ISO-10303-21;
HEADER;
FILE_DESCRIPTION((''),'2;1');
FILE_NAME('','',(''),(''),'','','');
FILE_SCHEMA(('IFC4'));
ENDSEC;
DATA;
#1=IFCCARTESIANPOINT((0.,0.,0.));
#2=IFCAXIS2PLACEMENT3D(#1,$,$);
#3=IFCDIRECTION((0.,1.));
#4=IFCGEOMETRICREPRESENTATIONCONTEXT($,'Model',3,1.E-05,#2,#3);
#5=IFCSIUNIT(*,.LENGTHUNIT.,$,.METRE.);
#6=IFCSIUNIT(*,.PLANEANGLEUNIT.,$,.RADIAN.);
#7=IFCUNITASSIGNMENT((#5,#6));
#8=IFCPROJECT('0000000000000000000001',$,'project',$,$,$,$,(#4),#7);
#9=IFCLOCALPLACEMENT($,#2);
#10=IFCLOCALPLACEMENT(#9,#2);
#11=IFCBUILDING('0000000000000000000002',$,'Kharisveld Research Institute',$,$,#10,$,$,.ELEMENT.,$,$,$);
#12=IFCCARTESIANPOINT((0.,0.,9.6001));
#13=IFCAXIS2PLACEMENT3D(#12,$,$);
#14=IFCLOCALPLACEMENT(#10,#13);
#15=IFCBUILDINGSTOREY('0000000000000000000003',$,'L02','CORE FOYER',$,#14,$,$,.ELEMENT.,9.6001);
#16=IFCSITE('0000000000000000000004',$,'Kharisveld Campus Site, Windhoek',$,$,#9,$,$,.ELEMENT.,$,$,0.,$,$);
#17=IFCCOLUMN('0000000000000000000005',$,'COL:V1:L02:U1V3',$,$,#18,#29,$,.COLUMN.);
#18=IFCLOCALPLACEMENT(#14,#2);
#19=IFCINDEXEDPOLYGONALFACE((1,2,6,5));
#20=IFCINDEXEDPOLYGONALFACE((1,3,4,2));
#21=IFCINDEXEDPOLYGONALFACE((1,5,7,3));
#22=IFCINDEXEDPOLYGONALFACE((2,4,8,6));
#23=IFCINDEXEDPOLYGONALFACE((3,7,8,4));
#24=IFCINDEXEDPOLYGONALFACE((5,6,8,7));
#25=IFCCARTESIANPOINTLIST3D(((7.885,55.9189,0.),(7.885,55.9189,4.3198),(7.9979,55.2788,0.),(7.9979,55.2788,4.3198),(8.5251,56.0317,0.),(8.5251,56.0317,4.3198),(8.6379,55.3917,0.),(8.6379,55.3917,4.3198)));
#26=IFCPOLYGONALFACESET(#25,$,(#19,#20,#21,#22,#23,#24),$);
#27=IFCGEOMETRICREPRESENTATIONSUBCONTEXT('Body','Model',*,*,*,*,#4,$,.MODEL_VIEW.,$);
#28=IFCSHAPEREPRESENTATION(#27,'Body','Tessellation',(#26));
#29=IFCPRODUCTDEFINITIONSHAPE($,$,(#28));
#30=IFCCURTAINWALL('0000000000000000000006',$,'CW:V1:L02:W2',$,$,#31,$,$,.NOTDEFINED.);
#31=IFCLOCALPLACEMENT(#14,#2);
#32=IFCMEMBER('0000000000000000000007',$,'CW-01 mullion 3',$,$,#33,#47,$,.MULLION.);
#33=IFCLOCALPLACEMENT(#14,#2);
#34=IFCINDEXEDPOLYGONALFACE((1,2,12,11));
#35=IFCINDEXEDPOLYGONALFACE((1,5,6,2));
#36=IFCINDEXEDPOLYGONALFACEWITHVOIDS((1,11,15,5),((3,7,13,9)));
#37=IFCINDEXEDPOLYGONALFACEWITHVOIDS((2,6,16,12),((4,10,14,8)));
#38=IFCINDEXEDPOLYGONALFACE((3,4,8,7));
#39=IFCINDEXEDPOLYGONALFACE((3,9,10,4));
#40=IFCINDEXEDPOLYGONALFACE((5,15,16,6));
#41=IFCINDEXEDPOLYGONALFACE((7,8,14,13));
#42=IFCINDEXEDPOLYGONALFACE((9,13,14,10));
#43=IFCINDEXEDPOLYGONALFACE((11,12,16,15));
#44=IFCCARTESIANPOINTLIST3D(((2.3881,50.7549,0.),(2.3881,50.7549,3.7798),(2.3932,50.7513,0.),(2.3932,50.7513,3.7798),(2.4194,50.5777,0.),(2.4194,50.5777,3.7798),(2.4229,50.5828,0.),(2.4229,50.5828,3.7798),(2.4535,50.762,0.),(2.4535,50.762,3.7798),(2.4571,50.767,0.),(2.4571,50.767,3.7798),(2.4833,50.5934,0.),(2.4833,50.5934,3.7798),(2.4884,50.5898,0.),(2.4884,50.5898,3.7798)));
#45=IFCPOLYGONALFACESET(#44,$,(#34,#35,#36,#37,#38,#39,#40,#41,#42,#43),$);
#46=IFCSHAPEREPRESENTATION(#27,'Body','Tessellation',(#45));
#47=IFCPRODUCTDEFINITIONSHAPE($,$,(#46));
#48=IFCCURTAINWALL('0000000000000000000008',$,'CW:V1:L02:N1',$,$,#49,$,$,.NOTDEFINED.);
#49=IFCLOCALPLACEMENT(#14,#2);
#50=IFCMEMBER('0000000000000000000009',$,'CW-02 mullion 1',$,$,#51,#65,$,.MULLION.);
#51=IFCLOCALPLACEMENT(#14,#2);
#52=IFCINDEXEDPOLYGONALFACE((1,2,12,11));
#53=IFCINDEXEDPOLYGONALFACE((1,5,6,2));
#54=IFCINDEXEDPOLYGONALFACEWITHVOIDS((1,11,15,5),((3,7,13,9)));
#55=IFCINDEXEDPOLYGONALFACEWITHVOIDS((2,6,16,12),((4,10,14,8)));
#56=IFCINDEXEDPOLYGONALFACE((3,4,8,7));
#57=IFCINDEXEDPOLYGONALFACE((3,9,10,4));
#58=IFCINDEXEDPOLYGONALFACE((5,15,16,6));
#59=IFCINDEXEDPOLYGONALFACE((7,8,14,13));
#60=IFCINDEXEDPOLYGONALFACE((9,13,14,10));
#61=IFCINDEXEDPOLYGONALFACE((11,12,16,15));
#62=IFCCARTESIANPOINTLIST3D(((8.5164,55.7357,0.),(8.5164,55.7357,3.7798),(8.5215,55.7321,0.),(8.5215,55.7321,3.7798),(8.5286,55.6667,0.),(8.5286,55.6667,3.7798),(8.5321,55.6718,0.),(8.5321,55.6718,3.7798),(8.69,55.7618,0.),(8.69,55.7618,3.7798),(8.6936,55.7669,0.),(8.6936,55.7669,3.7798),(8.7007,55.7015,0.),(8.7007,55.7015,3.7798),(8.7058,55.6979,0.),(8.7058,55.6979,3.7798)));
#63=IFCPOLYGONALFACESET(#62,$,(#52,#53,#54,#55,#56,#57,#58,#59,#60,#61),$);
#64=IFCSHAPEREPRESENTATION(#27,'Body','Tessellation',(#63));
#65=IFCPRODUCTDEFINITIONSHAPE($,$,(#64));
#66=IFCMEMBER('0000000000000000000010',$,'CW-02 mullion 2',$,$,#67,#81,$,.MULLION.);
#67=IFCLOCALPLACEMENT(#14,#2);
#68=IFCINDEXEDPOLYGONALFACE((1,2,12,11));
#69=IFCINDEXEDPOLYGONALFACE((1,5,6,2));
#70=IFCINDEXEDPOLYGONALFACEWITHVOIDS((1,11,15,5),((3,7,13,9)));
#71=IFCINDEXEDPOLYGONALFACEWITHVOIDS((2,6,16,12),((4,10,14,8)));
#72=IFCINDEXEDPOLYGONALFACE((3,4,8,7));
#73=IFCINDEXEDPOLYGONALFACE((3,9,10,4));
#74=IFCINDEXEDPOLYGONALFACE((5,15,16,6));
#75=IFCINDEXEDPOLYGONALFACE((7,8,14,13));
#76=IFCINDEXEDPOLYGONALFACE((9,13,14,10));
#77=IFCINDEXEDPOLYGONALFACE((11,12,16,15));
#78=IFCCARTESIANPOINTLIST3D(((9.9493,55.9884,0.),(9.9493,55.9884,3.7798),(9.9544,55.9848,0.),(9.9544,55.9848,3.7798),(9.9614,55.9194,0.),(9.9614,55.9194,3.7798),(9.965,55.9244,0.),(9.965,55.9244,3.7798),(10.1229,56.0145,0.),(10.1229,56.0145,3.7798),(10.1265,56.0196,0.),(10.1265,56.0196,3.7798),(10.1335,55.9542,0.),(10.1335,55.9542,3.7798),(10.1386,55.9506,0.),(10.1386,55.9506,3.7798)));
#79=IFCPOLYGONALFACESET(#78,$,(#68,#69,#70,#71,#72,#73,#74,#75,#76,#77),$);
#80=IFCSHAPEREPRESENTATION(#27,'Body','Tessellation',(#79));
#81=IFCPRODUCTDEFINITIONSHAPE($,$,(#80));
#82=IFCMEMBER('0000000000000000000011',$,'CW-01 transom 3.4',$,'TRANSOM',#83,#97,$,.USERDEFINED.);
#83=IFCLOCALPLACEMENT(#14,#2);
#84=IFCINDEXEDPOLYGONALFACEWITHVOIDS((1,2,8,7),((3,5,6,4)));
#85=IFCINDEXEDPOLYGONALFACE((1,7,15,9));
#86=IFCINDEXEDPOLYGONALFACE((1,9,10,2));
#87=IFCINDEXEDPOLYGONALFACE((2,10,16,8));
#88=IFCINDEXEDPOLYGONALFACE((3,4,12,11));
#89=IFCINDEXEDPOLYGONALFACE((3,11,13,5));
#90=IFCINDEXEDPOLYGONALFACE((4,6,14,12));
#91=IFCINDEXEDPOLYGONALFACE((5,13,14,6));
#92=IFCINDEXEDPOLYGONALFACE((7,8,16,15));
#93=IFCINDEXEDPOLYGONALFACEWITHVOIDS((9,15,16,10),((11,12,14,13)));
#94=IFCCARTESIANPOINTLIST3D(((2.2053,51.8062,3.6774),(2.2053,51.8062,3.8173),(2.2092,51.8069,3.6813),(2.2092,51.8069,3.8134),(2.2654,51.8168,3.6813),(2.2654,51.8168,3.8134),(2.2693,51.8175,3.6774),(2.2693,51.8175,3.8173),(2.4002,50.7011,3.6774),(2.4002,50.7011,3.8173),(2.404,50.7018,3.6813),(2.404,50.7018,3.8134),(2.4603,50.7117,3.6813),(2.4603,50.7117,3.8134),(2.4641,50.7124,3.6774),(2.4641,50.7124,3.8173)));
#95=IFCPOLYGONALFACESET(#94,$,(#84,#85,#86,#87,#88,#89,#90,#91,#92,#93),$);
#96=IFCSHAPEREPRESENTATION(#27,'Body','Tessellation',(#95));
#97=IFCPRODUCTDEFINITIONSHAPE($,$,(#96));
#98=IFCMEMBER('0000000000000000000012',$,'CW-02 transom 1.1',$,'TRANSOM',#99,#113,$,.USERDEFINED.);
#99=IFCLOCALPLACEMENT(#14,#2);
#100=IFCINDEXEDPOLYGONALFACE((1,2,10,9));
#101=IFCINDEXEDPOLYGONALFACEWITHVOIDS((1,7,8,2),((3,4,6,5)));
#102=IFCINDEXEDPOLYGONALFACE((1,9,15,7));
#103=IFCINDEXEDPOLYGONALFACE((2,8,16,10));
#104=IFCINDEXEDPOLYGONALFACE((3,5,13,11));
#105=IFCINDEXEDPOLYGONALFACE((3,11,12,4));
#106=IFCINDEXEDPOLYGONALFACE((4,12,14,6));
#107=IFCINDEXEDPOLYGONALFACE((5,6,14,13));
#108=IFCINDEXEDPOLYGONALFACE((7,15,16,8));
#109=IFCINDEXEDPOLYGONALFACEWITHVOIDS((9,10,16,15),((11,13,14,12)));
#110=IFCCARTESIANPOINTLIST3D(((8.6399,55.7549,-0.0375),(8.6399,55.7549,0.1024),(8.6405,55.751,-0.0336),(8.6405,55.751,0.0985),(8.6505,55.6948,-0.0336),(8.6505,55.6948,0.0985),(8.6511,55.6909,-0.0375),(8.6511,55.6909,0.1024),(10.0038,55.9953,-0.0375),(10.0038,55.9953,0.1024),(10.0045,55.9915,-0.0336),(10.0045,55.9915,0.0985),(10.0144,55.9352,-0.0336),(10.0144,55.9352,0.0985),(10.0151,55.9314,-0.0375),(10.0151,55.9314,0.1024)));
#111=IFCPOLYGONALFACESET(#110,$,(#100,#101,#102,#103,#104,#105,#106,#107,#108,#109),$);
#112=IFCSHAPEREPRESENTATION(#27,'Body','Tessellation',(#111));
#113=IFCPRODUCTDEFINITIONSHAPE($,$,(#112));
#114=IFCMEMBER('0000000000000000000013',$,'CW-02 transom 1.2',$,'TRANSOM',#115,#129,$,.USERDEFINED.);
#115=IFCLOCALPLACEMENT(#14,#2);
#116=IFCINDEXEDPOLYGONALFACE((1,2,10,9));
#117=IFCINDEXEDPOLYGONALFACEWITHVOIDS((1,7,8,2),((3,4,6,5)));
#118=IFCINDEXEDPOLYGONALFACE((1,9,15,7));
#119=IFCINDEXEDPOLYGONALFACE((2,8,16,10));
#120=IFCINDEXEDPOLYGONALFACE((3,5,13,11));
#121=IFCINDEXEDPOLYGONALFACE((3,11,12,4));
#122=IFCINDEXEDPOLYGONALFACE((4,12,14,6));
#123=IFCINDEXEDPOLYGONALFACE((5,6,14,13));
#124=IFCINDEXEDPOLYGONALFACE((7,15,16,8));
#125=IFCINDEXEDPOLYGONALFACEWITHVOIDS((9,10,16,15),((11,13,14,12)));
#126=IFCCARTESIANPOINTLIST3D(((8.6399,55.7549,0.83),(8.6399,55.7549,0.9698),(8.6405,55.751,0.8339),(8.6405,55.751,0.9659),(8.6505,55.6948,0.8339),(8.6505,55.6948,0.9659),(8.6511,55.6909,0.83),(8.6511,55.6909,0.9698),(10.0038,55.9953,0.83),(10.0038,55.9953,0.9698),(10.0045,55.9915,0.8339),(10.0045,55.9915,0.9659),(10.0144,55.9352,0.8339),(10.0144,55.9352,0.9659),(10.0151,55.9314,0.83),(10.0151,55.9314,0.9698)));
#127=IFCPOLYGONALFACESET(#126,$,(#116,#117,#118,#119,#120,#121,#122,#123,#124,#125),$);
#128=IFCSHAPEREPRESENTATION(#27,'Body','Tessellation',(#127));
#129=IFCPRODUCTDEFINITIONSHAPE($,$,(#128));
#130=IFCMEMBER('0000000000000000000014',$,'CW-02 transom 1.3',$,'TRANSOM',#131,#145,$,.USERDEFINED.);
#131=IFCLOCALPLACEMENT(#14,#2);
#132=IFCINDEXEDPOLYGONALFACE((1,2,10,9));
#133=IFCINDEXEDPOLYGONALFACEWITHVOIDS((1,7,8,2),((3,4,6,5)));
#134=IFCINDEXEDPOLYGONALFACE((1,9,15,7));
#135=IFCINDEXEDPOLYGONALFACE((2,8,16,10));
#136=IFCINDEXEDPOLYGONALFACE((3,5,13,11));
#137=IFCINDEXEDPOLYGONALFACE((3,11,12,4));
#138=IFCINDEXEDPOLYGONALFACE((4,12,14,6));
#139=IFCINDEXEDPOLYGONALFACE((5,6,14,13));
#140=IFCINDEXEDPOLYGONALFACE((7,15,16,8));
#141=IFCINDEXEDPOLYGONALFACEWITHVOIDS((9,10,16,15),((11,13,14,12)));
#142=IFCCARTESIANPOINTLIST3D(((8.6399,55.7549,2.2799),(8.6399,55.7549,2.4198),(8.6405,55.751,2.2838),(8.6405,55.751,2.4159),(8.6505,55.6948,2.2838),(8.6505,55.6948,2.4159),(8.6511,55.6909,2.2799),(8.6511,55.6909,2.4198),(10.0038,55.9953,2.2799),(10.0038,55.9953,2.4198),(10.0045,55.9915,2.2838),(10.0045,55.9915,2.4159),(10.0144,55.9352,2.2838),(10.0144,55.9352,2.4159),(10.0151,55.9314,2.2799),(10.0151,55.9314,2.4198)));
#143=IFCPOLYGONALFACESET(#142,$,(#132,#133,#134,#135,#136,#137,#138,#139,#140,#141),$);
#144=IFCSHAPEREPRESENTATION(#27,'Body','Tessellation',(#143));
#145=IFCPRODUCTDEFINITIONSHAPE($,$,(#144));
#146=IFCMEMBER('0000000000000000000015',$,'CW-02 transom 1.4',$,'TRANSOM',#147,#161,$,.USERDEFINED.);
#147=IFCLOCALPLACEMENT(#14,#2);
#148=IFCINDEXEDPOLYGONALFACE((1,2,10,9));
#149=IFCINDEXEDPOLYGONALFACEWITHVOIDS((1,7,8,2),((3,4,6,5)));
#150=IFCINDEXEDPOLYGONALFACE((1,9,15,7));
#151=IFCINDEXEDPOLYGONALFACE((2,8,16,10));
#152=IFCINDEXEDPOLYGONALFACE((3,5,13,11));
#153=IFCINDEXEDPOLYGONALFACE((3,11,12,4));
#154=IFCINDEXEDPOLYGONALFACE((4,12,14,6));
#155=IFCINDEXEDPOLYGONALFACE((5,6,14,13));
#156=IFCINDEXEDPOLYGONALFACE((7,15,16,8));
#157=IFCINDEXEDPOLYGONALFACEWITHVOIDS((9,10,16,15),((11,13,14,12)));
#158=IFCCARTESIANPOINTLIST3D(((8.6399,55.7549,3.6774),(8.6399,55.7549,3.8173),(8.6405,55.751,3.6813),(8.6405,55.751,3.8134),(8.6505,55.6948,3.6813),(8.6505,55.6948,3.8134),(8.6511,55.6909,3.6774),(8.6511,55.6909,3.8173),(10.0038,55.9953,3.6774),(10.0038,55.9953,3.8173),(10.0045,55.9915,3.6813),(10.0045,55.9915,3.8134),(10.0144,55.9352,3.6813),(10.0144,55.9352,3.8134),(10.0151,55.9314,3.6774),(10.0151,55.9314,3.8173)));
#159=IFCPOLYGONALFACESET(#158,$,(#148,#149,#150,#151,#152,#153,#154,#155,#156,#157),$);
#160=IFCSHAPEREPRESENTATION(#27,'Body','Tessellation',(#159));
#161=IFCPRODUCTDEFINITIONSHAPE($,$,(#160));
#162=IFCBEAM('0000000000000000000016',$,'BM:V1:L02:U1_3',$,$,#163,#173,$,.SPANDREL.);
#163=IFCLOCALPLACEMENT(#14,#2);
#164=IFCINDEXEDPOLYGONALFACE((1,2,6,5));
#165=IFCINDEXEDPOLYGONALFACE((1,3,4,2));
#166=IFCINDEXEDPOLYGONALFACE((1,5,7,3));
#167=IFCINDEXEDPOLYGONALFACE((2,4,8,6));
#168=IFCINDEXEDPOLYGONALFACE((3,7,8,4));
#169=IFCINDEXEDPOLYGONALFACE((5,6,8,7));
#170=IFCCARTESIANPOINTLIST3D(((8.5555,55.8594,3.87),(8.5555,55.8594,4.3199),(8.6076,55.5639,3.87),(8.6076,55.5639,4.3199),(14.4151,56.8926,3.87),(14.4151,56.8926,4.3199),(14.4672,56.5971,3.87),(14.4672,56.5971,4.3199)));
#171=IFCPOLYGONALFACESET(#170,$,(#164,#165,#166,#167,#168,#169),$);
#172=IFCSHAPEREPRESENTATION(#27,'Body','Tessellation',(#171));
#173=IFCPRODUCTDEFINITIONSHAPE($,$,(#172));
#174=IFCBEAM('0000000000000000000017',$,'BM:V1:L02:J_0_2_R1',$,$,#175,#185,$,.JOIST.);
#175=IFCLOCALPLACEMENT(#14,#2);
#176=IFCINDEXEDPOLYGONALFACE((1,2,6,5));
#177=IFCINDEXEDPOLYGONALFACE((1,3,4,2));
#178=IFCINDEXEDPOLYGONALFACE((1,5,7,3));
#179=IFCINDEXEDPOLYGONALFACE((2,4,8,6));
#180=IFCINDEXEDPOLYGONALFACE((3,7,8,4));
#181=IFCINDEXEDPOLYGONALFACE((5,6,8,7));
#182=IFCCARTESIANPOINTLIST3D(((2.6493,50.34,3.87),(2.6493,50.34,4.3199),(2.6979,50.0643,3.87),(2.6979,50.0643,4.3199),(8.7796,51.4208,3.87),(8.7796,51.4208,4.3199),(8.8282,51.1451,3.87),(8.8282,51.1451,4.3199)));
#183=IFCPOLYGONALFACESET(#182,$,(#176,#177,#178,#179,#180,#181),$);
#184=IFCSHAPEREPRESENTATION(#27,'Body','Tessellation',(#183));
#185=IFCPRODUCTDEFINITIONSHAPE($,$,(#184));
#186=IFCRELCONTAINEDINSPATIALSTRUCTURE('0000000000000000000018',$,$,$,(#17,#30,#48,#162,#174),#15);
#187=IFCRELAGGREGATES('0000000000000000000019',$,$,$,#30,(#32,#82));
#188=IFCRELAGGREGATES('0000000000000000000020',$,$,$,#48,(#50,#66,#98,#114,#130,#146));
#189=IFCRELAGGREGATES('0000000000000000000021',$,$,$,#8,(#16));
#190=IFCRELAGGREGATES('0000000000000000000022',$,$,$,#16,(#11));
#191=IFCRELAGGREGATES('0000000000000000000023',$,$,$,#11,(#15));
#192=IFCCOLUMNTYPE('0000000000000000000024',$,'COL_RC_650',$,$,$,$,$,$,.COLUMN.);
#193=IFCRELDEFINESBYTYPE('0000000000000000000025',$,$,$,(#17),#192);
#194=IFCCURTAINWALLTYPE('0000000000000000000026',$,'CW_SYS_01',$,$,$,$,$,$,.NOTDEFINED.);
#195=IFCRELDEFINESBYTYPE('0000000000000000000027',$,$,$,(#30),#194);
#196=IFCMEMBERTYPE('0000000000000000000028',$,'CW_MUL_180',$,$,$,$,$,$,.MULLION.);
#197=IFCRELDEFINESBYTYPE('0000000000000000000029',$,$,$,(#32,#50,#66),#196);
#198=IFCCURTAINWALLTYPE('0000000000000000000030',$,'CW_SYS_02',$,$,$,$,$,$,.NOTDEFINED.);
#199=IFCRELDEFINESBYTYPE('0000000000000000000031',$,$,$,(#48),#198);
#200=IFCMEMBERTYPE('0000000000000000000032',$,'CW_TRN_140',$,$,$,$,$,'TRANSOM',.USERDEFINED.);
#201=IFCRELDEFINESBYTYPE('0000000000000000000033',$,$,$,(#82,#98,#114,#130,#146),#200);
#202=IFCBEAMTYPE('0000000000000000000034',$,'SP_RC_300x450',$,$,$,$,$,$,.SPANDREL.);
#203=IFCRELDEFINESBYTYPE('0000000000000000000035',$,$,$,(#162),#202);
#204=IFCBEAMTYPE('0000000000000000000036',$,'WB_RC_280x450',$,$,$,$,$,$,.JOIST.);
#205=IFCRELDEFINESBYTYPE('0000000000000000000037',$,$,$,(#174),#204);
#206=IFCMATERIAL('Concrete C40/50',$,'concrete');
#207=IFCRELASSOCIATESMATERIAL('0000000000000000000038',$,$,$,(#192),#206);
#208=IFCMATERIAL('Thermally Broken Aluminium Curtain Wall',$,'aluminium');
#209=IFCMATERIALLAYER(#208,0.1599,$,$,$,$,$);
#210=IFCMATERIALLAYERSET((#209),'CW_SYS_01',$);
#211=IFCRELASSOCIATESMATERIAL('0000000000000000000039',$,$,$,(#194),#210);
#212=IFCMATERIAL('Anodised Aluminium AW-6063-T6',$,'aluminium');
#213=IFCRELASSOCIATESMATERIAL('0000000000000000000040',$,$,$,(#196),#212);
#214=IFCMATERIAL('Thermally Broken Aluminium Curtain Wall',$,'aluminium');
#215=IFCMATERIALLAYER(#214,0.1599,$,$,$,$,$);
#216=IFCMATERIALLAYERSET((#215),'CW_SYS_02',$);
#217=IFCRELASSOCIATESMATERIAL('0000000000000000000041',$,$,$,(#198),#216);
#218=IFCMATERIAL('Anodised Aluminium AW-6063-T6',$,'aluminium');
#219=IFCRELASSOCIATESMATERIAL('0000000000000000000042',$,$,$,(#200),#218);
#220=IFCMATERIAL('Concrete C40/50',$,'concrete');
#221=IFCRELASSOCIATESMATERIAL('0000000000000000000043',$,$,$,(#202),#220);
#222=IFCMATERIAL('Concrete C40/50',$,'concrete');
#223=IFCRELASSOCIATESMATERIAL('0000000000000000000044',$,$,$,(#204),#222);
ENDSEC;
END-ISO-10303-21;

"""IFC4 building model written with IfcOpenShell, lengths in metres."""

from ifc_helpers import new_model, si_unit, direction, frame, origin, origin_2d, place, context, subcontext, project, spatial, rectangle, hollow_rectangle, extrude, material, layer, layer_set, material_profile, profile_set, type_object, element, aggregate, save


model = new_model("IFC4")

# Units and contexts
model_context = context("Model", 3, precision=1e-05, world=origin(), true_north=direction((0.0, 1.0)))
body_context = subcontext(model_context, "Body", "Model", "MODEL_VIEW")
ifc_project = project(units=[si_unit("LENGTHUNIT", "METRE"), si_unit("PLANEANGLEUNIT", "RADIAN")], contexts=[model_context])

# Site, building, storey
site_placement = place(None, origin())
site = spatial("IfcSite", under=ifc_project, at=site_placement, Name="Kharisveld Campus Site, Windhoek", CompositionType="ELEMENT", RefElevation=0.0)
building_placement = place(site_placement, origin())
building = spatial("IfcBuilding", under=site, at=building_placement, Name="Kharisveld Research Institute", CompositionType="ELEMENT")
storey_placement = place(building_placement, frame((0.0, 0.0, 9.6001)))
storey = spatial("IfcBuildingStorey", under=building, at=storey_placement, Name="L02", Description="CORE FOYER", CompositionType="ELEMENT", Elevation=9.6001)

# Column
ifc_material_1 = material(Name="Concrete C40/50", Category="concrete")
ifc_material_profile_1 = material_profile(ifc_material_1, rectangle(XDim=0.6499, YDim=0.6499, at=origin_2d()))
ifc_profile_set_1 = profile_set([ifc_material_profile_1], Name="Concrete C40/50")
column_type = type_object("IfcColumnType", Name="COL_RC_650", PredefinedType="COLUMN", material=ifc_profile_set_1)
column_placement = place(storey_placement, frame((8.2615, 55.6553, 0.0), z_axis=(0.0, 0.0, 1.0), x_axis=(0.984808, 0.173648, 0.0)))
element("IfcColumn", 1, at=column_placement, inside=storey, type_object=column_type, Name="COL:V1:L02:U1V3", PredefinedType="COLUMN", context=body_context, shape_type="SweptSolid", body=[
    extrude(rectangle(XDim=0.6499, YDim=0.6499, at=origin_2d()), origin(), (0.0, 0.0, 1.0), 4.3198),
])

# Curtain wall, member
ifc_material_2 = material(Name="Thermally Broken Aluminium Curtain Wall", Category="aluminium")
ifc_layer_1 = layer(ifc_material_2, 0.1599)
ifc_layer_set_1 = layer_set([ifc_layer_1], Name="CW_SYS_01")
curtain_wall_type_1 = type_object("IfcCurtainWallType", Name="CW_SYS_01", PredefinedType="NOTDEFINED", material=ifc_layer_set_1)
curtain_wall_1_placement = place(storey_placement, origin())
curtain_wall_1 = element("IfcCurtainWall", 2, at=curtain_wall_1_placement, inside=storey, type_object=curtain_wall_type_1, Name="CW:V1:L02:W2", PredefinedType="NOTDEFINED")
ifc_material_3 = material(Name="Anodised Aluminium AW-6063-T6", Category="aluminium")
ifc_material_profile_2 = material_profile(ifc_material_3, hollow_rectangle(XDim=0.0701, YDim=0.1799, WallThickness=0.0044, at=origin_2d()))
ifc_profile_set_2 = profile_set([ifc_material_profile_2], Name="Anodised Aluminium AW-6063-T6")
member_type_1 = type_object("IfcMemberType", Name="CW_MUL_180", PredefinedType="MULLION", material=ifc_profile_set_2)
member_1_placement = place(storey_placement, frame((2.4382, 50.6724, 0.0), z_axis=(0.0, 0.0, 1.0), x_axis=(-0.984808, -0.173648, 0.0)))
member_1 = element("IfcMember", 3, at=member_1_placement, type_object=member_type_1, Name="CW-01 mullion 3", PredefinedType="MULLION", context=body_context, shape_type="SweptSolid", body=[
    extrude(hollow_rectangle(XDim=0.0701, YDim=0.1799, WallThickness=0.0044, at=origin_2d()), origin(), (0.0, 0.0, 1.0), 3.7798),
])

# Curtain wall, members
ifc_material_4 = material(Name="Thermally Broken Aluminium Curtain Wall", Category="aluminium")
ifc_layer_2 = layer(ifc_material_4, 0.1599)
ifc_layer_set_2 = layer_set([ifc_layer_2], Name="CW_SYS_02")
curtain_wall_type_2 = type_object("IfcCurtainWallType", Name="CW_SYS_02", PredefinedType="NOTDEFINED", material=ifc_layer_set_2)
curtain_wall_2_placement = place(storey_placement, origin())
curtain_wall_2 = element("IfcCurtainWall", 4, at=curtain_wall_2_placement, inside=storey, type_object=curtain_wall_type_2, Name="CW:V1:L02:N1", PredefinedType="NOTDEFINED")
member_2_placement = place(storey_placement, frame((8.6111, 55.7168, 0.0), z_axis=(0.0, 0.0, 1.0), x_axis=(-0.173648, 0.984808, 0.0)))
member_2 = element("IfcMember", 5, at=member_2_placement, type_object=member_type_1, Name="CW-02 mullion 1", PredefinedType="MULLION", context=body_context, shape_type="SweptSolid", body=[
    extrude(hollow_rectangle(XDim=0.0701, YDim=0.1799, WallThickness=0.0044, at=origin_2d()), origin(), (0.0, 0.0, 1.0), 3.7798),
])
member_3_placement = place(storey_placement, frame((10.0439, 55.9695, 0.0), z_axis=(0.0, 0.0, 1.0), x_axis=(-0.173648, 0.984808, 0.0)))
member_3 = element("IfcMember", 6, at=member_3_placement, type_object=member_type_1, Name="CW-02 mullion 2", PredefinedType="MULLION", context=body_context, shape_type="SweptSolid", body=[
    extrude(hollow_rectangle(XDim=0.0701, YDim=0.1799, WallThickness=0.0044, at=origin_2d()), origin(), (0.0, 0.0, 1.0), 3.7798),
])

# Members
ifc_material_5 = material(Name="Anodised Aluminium AW-6063-T6", Category="aluminium")
ifc_material_profile_3 = material_profile(ifc_material_5, hollow_rectangle(XDim=0.0649, YDim=0.1399, WallThickness=0.0039, at=origin_2d()))
ifc_profile_set_3 = profile_set([ifc_material_profile_3], Name="Anodised Aluminium AW-6063-T6")
member_type_2 = type_object("IfcMemberType", Name="CW_TRN_140", ElementType="TRANSOM", PredefinedType="USERDEFINED", material=ifc_profile_set_3)
member_4_placement = place(storey_placement, frame((2.4321, 50.7068, 3.7473), z_axis=(-0.173636, 0.98481, 0.0), x_axis=(-0.98481, -0.173636, 0.0)))
member_4 = element("IfcMember", 7, at=member_4_placement, type_object=member_type_2, Name="CW-01 transom 3.4", ObjectType="TRANSOM", PredefinedType="USERDEFINED", context=body_context, shape_type="SweptSolid", body=[
    extrude(hollow_rectangle(XDim=0.0649, YDim=0.1399, WallThickness=0.0039, at=origin_2d()), origin(), (0.0, 0.0, 1.0), 1.1221),
])
member_5_placement = place(storey_placement, frame((8.6455, 55.7229, 0.0325), z_axis=(0.984812, 0.173624, 0.0), x_axis=(-0.173624, 0.984812, 0.0)))
member_5 = element("IfcMember", 8, at=member_5_placement, type_object=member_type_2, Name="CW-02 transom 1.1", ObjectType="TRANSOM", PredefinedType="USERDEFINED", context=body_context, shape_type="SweptSolid", body=[
    extrude(hollow_rectangle(XDim=0.0649, YDim=0.1399, WallThickness=0.0039, at=origin_2d()), origin(), (0.0, 0.0, 1.0), 1.385),
])
member_6_placement = place(storey_placement, frame((8.6455, 55.7229, 0.8999), z_axis=(0.984812, 0.173624, 0.0), x_axis=(-0.173624, 0.984812, 0.0)))
member_6 = element("IfcMember", 9, at=member_6_placement, type_object=member_type_2, Name="CW-02 transom 1.2", ObjectType="TRANSOM", PredefinedType="USERDEFINED", context=body_context, shape_type="SweptSolid", body=[
    extrude(hollow_rectangle(XDim=0.0649, YDim=0.1399, WallThickness=0.0039, at=origin_2d()), origin(), (0.0, 0.0, 1.0), 1.385),
])
member_7_placement = place(storey_placement, frame((8.6455, 55.7229, 2.3499), z_axis=(0.984812, 0.173624, 0.0), x_axis=(-0.173624, 0.984812, 0.0)))
member_7 = element("IfcMember", 10, at=member_7_placement, type_object=member_type_2, Name="CW-02 transom 1.3", ObjectType="TRANSOM", PredefinedType="USERDEFINED", context=body_context, shape_type="SweptSolid", body=[
    extrude(hollow_rectangle(XDim=0.0649, YDim=0.1399, WallThickness=0.0039, at=origin_2d()), origin(), (0.0, 0.0, 1.0), 1.385),
])
member_8_placement = place(storey_placement, frame((8.6455, 55.7229, 3.7473), z_axis=(0.984812, 0.173624, 0.0), x_axis=(-0.173624, 0.984812, 0.0)))
member_8 = element("IfcMember", 11, at=member_8_placement, type_object=member_type_2, Name="CW-02 transom 1.4", ObjectType="TRANSOM", PredefinedType="USERDEFINED", context=body_context, shape_type="SweptSolid", body=[
    extrude(hollow_rectangle(XDim=0.0649, YDim=0.1399, WallThickness=0.0039, at=origin_2d()), origin(), (0.0, 0.0, 1.0), 1.385),
])

# Beams
ifc_material_6 = material(Name="Concrete C40/50", Category="concrete")
ifc_material_profile_4 = material_profile(ifc_material_6, rectangle(XDim=0.3, YDim=0.45, at=origin_2d()))
ifc_profile_set_4 = profile_set([ifc_material_profile_4], Name="Concrete C40/50")
beam_type_1 = type_object("IfcBeamType", Name="SP_RC_300x450", PredefinedType="SPANDREL", material=ifc_profile_set_4)
beam_1_placement = place(storey_placement, frame((8.5815, 55.7117, 4.095), z_axis=(0.984808, 0.173647, 0.0), x_axis=(-0.173647, 0.984808, 0.0)))
element("IfcBeam", 12, at=beam_1_placement, inside=storey, type_object=beam_type_1, Name="BM:V1:L02:U1_3", PredefinedType="SPANDREL", context=body_context, shape_type="SweptSolid", body=[
    extrude(rectangle(XDim=0.3, YDim=0.45, at=origin_2d()), origin(), (0.0, 0.0, 1.0), 5.95),
])
ifc_material_7 = material(Name="Concrete C40/50", Category="concrete")
ifc_material_profile_5 = material_profile(ifc_material_7, rectangle(XDim=0.28, YDim=0.45, at=origin_2d()))
ifc_profile_set_5 = profile_set([ifc_material_profile_5], Name="Concrete C40/50")
beam_type_2 = type_object("IfcBeamType", Name="WB_RC_280x450", PredefinedType="JOIST", material=ifc_profile_set_5)
beam_2_placement = place(storey_placement, frame((2.6736, 50.2021, 4.095), z_axis=(0.984812, 0.173626, 0.0), x_axis=(-0.173626, 0.984812, 0.0)))
element("IfcBeam", 13, at=beam_2_placement, inside=storey, type_object=beam_type_2, Name="BM:V1:L02:J_0_2_R1", PredefinedType="JOIST", context=body_context, shape_type="SweptSolid", body=[
    extrude(rectangle(XDim=0.28, YDim=0.45, at=origin_2d()), origin(), (0.0, 0.0, 1.0), 6.2249),
])

aggregate(curtain_wall_1, [member_1, member_4])
aggregate(curtain_wall_2, [member_2, member_3, member_5, member_6, member_7, member_8])

save(model, "model.ifc")
